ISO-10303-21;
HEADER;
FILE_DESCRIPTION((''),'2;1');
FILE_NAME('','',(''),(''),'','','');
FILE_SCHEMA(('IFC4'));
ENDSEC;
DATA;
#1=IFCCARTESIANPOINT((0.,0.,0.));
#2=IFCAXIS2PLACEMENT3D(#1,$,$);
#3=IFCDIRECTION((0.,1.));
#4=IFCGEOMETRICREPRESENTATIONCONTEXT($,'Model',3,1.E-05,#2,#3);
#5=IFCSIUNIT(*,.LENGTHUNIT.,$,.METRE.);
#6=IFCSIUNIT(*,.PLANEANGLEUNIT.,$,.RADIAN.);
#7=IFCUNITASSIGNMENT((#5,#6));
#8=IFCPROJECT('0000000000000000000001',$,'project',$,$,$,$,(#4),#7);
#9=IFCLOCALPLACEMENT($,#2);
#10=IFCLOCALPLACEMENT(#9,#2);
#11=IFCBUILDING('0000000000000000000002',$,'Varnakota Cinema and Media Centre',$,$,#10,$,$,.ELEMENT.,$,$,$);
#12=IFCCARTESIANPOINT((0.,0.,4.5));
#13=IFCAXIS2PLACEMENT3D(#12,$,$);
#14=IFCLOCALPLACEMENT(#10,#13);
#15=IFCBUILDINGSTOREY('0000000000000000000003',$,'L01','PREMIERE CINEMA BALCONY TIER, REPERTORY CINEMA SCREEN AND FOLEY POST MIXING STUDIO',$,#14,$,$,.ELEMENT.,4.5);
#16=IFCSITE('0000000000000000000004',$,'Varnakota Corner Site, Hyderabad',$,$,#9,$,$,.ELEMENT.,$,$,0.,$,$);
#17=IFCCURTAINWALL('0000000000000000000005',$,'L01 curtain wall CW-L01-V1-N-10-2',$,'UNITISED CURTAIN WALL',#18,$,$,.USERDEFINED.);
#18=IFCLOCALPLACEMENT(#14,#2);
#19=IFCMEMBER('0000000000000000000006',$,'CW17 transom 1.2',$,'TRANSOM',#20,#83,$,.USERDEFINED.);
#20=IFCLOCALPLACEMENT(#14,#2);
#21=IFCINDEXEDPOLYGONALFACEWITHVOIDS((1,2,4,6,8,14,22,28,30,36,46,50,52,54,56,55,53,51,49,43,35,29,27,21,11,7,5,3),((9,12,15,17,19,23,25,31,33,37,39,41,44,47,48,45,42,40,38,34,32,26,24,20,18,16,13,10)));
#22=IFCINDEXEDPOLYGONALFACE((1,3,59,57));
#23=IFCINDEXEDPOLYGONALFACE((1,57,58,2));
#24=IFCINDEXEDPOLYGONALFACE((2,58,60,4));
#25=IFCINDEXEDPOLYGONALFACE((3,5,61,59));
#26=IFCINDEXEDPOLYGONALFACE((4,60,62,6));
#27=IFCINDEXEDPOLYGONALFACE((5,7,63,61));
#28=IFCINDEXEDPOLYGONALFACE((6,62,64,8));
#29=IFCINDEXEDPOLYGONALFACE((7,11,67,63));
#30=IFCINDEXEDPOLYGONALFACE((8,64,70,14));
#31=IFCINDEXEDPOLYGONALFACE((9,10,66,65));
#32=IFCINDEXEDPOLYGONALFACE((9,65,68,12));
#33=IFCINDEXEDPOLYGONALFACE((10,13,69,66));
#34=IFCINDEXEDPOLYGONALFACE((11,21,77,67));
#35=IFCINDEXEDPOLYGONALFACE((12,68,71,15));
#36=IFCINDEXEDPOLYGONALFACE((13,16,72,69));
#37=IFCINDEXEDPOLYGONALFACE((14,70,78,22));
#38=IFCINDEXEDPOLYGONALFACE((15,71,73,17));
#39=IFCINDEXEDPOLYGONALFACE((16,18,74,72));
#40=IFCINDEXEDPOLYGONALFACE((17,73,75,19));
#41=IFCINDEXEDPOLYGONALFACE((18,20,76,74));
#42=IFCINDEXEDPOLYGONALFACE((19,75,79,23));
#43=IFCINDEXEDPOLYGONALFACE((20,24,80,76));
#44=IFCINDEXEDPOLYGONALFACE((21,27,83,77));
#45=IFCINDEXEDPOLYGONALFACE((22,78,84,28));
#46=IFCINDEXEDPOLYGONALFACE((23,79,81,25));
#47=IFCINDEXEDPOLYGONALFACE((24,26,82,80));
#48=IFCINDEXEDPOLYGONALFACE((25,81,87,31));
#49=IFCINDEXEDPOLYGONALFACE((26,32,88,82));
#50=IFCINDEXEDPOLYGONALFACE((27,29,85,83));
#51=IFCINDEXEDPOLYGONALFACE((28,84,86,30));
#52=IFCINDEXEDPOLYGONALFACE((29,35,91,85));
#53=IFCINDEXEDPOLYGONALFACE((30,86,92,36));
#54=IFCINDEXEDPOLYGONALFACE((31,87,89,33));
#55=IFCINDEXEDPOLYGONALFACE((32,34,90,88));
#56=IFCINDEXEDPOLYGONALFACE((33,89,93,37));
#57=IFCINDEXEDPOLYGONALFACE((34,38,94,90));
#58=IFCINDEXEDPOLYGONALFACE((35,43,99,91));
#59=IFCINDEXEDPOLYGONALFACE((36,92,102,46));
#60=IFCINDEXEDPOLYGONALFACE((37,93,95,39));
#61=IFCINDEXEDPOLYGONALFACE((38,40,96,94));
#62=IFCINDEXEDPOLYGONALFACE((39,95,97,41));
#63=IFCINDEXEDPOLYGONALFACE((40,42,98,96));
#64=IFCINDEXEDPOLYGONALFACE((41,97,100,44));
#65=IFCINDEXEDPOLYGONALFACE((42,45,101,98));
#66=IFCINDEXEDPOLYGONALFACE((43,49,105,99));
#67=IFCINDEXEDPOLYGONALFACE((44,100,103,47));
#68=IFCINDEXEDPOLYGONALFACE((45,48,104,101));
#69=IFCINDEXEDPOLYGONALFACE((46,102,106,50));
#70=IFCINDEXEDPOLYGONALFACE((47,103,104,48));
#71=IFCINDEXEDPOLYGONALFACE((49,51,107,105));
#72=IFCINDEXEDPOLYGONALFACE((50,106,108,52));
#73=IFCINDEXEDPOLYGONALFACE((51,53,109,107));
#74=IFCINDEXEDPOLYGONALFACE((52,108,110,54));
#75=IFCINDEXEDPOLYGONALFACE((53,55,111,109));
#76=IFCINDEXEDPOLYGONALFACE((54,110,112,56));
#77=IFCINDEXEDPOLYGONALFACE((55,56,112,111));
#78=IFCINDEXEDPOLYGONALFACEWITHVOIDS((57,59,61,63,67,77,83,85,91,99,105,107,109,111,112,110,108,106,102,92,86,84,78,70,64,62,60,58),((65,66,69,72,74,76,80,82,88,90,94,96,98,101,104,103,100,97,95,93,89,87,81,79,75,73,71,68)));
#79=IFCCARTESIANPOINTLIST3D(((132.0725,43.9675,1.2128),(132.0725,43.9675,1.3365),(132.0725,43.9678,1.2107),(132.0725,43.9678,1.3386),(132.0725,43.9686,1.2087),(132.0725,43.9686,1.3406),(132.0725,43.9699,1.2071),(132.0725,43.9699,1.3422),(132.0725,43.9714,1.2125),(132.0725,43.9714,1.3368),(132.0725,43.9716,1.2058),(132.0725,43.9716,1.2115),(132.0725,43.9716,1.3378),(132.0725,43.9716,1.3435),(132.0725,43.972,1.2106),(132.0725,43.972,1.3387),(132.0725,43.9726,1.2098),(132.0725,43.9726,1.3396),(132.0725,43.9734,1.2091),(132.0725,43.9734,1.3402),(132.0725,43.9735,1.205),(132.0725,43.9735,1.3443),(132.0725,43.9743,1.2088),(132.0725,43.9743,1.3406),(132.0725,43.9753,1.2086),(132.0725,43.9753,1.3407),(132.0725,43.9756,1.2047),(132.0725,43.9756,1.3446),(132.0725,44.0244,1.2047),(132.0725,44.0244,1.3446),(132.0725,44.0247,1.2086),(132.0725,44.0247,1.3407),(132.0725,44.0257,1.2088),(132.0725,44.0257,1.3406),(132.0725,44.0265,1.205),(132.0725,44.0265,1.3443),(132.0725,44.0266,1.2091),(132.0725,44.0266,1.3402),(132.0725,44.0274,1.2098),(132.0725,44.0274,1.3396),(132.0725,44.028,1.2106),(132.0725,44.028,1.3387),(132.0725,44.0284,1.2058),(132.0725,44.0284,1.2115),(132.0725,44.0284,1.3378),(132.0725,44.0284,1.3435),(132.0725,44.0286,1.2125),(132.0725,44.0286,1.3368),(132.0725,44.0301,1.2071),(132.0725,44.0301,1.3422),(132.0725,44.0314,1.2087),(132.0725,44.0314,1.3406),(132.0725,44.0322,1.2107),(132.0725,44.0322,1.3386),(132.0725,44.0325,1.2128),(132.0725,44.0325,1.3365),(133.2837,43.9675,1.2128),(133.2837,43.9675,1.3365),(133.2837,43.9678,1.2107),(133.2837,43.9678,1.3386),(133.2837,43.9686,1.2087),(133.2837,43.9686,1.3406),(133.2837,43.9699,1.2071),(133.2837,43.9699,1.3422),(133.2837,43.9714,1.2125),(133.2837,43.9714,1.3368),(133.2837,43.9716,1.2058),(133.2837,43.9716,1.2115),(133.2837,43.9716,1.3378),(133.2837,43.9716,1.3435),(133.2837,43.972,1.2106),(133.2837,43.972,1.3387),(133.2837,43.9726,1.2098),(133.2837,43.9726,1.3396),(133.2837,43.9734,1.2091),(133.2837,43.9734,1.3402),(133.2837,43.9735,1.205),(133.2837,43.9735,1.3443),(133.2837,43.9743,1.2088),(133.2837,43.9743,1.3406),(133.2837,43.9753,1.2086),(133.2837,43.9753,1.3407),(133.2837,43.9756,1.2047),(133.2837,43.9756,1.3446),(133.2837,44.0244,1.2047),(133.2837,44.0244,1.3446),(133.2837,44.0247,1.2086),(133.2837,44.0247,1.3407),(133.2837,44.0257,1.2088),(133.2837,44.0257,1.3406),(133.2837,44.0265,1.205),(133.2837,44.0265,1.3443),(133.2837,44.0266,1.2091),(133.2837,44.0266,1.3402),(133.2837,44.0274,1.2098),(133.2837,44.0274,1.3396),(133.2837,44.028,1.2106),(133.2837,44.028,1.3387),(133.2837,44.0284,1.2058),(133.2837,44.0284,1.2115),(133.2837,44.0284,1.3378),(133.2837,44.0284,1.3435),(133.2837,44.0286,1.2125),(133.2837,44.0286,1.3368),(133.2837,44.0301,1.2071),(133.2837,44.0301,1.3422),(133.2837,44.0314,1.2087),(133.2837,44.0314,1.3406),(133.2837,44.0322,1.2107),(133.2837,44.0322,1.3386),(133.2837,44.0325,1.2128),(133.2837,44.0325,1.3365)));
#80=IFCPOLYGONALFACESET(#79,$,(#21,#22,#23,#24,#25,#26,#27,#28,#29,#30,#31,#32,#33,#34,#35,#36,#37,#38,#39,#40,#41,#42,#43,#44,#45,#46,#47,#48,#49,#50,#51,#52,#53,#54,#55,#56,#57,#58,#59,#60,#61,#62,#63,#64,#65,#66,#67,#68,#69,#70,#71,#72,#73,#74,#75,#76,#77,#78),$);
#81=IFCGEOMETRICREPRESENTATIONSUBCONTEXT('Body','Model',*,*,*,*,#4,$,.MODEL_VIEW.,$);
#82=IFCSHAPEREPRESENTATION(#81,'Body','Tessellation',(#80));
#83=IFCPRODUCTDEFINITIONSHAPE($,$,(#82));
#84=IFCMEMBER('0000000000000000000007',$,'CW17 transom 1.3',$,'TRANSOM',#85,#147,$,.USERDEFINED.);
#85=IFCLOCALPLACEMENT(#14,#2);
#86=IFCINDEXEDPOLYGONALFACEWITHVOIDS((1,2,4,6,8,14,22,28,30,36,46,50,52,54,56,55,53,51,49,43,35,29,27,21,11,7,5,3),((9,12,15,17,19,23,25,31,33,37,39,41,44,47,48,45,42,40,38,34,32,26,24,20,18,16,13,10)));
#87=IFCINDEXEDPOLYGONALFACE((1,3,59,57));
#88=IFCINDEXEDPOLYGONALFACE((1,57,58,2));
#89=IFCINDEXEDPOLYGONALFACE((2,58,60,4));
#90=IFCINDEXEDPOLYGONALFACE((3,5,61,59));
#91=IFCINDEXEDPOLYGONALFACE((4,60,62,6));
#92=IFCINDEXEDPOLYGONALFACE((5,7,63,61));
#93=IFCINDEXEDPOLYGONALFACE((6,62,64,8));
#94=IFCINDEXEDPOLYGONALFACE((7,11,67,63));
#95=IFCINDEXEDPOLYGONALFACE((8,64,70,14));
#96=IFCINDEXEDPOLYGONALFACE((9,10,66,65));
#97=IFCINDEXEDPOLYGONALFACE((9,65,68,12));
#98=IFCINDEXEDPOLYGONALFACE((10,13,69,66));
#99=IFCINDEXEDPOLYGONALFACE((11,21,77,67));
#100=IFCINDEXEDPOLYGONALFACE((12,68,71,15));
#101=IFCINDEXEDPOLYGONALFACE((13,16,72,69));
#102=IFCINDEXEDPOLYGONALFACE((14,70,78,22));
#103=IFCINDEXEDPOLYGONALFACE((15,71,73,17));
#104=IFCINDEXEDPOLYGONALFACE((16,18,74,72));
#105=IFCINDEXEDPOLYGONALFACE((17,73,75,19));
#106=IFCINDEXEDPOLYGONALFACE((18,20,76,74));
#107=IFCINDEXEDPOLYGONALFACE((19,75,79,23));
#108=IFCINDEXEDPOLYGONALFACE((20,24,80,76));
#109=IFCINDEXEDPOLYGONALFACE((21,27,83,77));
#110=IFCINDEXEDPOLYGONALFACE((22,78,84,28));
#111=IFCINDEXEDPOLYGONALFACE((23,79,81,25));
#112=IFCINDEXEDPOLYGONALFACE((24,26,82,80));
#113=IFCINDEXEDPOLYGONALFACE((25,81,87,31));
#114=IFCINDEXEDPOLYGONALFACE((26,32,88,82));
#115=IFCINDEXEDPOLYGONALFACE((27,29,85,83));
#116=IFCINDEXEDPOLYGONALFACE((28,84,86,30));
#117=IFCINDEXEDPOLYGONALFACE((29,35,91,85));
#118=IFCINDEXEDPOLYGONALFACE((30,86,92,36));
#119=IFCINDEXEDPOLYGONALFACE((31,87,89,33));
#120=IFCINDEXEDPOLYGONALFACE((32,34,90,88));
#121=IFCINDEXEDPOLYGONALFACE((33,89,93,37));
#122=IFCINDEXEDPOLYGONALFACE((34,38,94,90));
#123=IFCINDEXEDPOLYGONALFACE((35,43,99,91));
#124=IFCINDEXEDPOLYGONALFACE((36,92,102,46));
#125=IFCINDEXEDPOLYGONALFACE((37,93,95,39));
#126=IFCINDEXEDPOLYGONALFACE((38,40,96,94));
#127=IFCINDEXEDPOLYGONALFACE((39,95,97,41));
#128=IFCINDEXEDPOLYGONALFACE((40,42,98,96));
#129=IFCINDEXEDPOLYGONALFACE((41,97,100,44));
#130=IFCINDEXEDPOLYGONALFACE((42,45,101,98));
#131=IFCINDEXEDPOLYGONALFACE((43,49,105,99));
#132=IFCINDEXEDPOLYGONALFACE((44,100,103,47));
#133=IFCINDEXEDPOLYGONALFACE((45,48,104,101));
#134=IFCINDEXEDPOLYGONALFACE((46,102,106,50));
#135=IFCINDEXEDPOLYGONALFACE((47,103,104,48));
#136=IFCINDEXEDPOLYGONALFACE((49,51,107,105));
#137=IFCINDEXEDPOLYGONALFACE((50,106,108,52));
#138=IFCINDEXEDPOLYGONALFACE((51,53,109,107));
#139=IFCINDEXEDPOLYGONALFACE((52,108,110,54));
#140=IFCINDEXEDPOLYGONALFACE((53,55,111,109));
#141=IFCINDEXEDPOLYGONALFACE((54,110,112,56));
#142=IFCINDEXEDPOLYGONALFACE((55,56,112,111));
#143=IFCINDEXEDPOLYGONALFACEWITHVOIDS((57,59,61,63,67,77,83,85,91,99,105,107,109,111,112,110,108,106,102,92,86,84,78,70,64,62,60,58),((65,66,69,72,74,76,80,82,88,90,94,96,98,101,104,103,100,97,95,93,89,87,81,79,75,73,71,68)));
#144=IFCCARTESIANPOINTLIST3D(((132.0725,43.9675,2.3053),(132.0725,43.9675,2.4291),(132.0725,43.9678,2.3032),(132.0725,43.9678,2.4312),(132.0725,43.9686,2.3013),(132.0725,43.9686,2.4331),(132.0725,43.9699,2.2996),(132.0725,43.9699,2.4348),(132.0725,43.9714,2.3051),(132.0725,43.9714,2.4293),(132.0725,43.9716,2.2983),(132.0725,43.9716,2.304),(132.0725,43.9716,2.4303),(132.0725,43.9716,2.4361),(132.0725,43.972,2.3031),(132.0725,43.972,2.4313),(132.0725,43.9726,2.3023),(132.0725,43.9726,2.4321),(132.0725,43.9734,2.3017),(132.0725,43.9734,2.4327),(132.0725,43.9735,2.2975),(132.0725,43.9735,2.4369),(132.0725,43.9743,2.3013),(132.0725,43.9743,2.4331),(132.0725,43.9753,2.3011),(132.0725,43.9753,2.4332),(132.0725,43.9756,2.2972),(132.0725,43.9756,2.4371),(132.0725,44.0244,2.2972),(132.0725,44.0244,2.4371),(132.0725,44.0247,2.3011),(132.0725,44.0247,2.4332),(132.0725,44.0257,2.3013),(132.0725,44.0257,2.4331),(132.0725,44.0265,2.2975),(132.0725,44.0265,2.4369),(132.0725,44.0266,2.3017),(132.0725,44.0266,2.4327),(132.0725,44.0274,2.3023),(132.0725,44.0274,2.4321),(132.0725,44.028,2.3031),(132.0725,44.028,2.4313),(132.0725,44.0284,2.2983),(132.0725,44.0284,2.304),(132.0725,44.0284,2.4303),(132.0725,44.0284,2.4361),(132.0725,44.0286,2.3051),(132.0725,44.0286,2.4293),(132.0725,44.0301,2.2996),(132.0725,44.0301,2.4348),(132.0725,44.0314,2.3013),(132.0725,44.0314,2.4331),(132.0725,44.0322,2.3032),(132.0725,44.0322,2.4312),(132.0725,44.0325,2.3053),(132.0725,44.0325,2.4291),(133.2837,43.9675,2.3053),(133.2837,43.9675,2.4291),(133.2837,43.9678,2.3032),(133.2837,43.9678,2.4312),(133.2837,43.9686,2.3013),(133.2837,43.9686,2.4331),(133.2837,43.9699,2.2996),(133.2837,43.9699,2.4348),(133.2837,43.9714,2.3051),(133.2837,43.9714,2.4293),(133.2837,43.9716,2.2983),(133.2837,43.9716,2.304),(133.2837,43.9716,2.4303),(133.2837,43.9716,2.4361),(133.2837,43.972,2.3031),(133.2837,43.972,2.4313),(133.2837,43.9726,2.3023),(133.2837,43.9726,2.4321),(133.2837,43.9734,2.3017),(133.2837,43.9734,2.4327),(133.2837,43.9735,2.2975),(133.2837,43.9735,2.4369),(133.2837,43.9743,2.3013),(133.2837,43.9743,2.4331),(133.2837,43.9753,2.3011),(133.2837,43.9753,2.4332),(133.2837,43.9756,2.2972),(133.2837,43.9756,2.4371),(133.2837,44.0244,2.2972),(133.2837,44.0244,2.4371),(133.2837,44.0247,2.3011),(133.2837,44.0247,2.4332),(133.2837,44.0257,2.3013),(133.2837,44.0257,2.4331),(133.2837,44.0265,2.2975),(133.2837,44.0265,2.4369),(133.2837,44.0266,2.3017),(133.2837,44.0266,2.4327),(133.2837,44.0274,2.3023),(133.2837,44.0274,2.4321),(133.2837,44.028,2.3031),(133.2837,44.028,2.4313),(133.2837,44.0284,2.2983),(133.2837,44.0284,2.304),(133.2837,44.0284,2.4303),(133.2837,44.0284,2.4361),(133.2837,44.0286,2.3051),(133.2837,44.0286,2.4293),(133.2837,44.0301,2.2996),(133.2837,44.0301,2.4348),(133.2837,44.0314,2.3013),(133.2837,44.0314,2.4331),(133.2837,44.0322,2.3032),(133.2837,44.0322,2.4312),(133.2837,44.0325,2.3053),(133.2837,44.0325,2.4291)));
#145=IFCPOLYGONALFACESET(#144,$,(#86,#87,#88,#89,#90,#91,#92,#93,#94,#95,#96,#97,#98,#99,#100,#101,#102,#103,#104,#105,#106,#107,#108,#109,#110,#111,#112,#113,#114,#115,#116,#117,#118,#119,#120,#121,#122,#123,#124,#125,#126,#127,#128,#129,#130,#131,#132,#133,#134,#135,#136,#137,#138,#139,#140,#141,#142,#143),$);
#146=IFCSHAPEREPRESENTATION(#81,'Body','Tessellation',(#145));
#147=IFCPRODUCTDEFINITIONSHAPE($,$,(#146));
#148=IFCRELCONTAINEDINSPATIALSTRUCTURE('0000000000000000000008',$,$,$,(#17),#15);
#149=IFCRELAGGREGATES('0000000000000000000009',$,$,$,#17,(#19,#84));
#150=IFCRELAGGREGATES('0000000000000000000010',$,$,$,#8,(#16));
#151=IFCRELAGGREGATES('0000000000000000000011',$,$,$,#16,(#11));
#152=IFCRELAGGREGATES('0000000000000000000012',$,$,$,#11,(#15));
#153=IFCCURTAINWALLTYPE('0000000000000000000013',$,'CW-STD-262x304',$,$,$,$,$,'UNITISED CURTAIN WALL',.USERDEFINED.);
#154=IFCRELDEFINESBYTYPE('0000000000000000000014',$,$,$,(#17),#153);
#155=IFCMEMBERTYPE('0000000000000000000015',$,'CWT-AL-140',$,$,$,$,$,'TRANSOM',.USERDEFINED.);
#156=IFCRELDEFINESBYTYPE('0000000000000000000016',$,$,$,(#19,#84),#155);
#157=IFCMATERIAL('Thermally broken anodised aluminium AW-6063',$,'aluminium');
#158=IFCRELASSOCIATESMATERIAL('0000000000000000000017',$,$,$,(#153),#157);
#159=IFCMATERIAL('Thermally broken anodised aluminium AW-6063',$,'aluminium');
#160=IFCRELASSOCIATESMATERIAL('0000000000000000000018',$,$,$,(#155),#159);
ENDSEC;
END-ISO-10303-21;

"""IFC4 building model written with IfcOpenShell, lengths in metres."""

from ifc_helpers import new_model, si_unit, direction, frame, origin, origin_2d, place, context, subcontext, project, spatial, hollow_rectangle, extrude, material, material_profile, profile_set, type_object, element, aggregate, save


model = new_model("IFC4")

# Units and contexts
model_context = context("Model", 3, precision=1e-05, world=origin(), true_north=direction((0.0, 1.0)))
body_context = subcontext(model_context, "Body", "Model", "MODEL_VIEW")
ifc_project = project(units=[si_unit("LENGTHUNIT", "METRE"), si_unit("PLANEANGLEUNIT", "RADIAN")], contexts=[model_context])

# Site, building, storey
site_placement = place(None, origin())
site = spatial("IfcSite", under=ifc_project, at=site_placement, Name="Varnakota Corner Site, Hyderabad", CompositionType="ELEMENT", RefElevation=0.0)
building_placement = place(site_placement, origin())
building = spatial("IfcBuilding", under=site, at=building_placement, Name="Varnakota Cinema and Media Centre", CompositionType="ELEMENT")
storey_placement = place(building_placement, frame((0.0, 0.0, 4.5)))
storey = spatial("IfcBuildingStorey", under=building, at=storey_placement, Name="L01", Description="PREMIERE CINEMA BALCONY TIER, REPERTORY CINEMA SCREEN AND FOLEY POST MIXING STUDIO", CompositionType="ELEMENT", Elevation=4.5)

# Shared definitions
ifc_material_1 = material(Name="Thermally broken anodised aluminium AW-6063", Category="aluminium")
curtain_wall_type = type_object("IfcCurtainWallType", Name="CW-STD-262x304", ElementType="UNITISED CURTAIN WALL", PredefinedType="USERDEFINED", material=ifc_material_1)

# Curtain wall, members
curtain_wall_1_placement = place(storey_placement, origin())
curtain_wall_1 = element("IfcCurtainWall", 1, at=curtain_wall_1_placement, inside=storey, type_object=curtain_wall_type, Name="L01 curtain wall CW-L01-V1-N-10-2", ObjectType="UNITISED CURTAIN WALL", PredefinedType="USERDEFINED")
ifc_material_2 = material(Name="Thermally broken anodised aluminium AW-6063", Category="aluminium")
ifc_material_profile_1 = material_profile(ifc_material_2, hollow_rectangle(XDim=0.0649, YDim=0.1399, WallThickness=0.0039, InnerFilletRadius=0.0039, OuterFilletRadius=0.0081, at=origin_2d()), Name="AL-TRANSOM 140x65x4")
ifc_profile_set_1 = profile_set([ifc_material_profile_1], Name="Thermally broken anodised aluminium AW-6063")
member_type_1 = type_object("IfcMemberType", Name="CWT-AL-140", ElementType="TRANSOM", PredefinedType="USERDEFINED", material=ifc_profile_set_1)
member_1_placement = place(storey_placement, frame((132.0725, 44.0, 1.2747), z_axis=(1.0, 0.0, 0.0), x_axis=(0.0, 1.0, 0.0)))
member_1 = element("IfcMember", 2, at=member_1_placement, type_object=member_type_1, Name="CW17 transom 1.2", ObjectType="TRANSOM", PredefinedType="USERDEFINED", context=body_context, shape_type="SweptSolid", body=[
    extrude(hollow_rectangle(XDim=0.0649, YDim=0.1399, WallThickness=0.0039, InnerFilletRadius=0.0039, OuterFilletRadius=0.0081, at=origin_2d()), origin(), (0.0, 0.0, 1.0), 1.2112),
])
member_2_placement = place(storey_placement, frame((132.0725, 44.0, 2.3672), z_axis=(1.0, 0.0, 0.0), x_axis=(0.0, 1.0, 0.0)))
member_2 = element("IfcMember", 3, at=member_2_placement, type_object=member_type_1, Name="CW17 transom 1.3", ObjectType="TRANSOM", PredefinedType="USERDEFINED", context=body_context, shape_type="SweptSolid", body=[
    extrude(hollow_rectangle(XDim=0.0649, YDim=0.1399, WallThickness=0.0039, InnerFilletRadius=0.0039, OuterFilletRadius=0.0081, at=origin_2d()), origin(), (0.0, 0.0, 1.0), 1.2112),
])

aggregate(curtain_wall_1, [member_1, member_2])

save(model, "model.ifc")
